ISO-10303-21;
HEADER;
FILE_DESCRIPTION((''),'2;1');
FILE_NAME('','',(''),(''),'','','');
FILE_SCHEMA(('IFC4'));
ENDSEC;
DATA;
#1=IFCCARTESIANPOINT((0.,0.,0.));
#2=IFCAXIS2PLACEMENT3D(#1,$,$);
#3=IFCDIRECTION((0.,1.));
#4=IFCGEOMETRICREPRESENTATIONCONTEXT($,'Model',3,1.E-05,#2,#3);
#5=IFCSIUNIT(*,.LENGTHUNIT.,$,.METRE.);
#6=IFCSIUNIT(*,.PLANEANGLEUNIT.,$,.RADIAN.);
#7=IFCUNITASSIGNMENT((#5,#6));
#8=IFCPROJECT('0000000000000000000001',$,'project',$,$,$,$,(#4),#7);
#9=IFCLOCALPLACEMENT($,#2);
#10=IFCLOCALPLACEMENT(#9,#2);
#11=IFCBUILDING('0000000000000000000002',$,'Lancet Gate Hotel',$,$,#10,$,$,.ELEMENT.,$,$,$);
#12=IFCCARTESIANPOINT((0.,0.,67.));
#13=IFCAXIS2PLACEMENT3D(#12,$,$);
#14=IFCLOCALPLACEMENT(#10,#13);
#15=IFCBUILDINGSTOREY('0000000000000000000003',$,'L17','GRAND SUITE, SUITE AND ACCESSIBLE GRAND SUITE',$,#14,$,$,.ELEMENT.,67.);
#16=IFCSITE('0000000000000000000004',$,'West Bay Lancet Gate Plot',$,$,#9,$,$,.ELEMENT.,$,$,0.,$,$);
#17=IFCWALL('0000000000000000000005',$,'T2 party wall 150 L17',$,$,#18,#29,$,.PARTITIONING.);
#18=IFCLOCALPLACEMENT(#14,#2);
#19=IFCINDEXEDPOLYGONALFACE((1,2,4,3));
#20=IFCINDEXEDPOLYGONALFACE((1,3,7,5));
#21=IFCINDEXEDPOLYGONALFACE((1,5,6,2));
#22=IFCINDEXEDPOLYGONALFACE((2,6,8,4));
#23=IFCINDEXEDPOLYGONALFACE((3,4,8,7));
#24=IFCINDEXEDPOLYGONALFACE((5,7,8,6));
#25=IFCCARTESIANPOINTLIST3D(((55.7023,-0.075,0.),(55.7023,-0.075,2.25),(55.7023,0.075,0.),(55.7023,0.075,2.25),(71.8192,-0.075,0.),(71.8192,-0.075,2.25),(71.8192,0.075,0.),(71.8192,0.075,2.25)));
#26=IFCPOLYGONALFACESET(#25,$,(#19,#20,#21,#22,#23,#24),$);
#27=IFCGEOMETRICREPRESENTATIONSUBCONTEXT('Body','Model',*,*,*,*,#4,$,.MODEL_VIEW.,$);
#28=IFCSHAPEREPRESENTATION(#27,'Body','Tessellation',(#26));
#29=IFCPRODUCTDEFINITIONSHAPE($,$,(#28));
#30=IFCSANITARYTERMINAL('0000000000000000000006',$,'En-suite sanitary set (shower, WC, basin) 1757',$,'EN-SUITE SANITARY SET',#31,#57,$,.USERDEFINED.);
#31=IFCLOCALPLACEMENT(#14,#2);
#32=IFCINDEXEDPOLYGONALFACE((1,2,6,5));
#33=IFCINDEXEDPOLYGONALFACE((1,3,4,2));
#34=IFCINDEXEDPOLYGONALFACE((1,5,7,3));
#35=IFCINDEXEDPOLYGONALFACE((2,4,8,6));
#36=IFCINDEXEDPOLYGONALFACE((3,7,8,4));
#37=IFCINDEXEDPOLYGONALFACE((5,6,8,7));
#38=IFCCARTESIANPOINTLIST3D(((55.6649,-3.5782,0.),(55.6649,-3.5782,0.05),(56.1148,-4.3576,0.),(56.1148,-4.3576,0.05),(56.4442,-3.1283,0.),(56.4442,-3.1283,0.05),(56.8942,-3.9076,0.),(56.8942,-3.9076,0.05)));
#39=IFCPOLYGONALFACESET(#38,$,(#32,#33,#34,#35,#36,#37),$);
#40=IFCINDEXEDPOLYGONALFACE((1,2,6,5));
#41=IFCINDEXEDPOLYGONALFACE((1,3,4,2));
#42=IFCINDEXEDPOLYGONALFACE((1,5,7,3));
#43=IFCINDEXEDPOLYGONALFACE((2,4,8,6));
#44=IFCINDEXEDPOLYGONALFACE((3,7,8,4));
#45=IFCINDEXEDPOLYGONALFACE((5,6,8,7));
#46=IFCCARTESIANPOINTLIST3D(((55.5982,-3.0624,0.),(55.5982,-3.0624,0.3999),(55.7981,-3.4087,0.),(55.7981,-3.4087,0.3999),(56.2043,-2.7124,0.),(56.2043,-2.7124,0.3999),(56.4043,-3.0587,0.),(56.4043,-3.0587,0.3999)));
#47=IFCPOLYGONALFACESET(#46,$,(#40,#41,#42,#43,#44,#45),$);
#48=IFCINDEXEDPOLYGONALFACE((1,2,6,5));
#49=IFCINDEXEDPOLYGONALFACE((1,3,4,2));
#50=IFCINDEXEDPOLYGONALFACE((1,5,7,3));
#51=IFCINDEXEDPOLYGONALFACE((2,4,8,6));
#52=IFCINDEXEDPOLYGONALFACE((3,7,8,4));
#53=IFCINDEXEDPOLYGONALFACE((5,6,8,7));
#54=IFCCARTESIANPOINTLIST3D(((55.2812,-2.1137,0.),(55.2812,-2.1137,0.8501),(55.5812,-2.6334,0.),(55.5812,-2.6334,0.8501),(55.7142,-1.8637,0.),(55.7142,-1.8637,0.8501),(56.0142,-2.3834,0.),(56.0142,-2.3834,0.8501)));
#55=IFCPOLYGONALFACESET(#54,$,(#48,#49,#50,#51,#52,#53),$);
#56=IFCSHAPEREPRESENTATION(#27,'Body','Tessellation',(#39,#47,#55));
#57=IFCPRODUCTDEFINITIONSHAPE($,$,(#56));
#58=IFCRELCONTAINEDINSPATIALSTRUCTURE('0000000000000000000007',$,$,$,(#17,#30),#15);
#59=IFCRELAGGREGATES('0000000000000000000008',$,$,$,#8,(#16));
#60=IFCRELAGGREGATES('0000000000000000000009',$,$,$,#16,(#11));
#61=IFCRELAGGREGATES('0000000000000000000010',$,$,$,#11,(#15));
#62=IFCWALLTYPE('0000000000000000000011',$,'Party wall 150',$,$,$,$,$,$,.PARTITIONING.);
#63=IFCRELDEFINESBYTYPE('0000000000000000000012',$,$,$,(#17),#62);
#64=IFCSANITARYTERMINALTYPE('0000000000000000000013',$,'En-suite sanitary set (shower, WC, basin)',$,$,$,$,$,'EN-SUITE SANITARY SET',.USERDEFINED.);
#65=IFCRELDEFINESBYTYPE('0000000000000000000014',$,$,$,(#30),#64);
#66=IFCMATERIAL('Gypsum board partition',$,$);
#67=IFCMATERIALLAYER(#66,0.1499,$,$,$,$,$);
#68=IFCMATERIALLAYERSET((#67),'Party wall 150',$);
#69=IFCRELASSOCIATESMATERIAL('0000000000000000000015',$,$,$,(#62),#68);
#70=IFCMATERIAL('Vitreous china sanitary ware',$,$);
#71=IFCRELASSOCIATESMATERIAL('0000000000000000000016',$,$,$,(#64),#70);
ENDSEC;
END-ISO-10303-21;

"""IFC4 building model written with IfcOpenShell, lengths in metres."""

from ifc_helpers import new_model, si_unit, direction, frame, frame_2d, origin, origin_2d, place, context, subcontext, project, spatial, rectangle, extrude, material, layer, layer_set, type_object, element, save


model = new_model("IFC4")

# Units and contexts
model_context = context("Model", 3, precision=1e-05, world=origin(), true_north=direction((0.0, 1.0)))
body_context = subcontext(model_context, "Body", "Model", "MODEL_VIEW")
ifc_project = project(units=[si_unit("LENGTHUNIT", "METRE"), si_unit("PLANEANGLEUNIT", "RADIAN")], contexts=[model_context])

# Site, building, storey
site_placement = place(None, origin())
site = spatial("IfcSite", under=ifc_project, at=site_placement, Name="West Bay Lancet Gate Plot", CompositionType="ELEMENT", RefElevation=0.0)
building_placement = place(site_placement, origin())
building = spatial("IfcBuilding", under=site, at=building_placement, Name="Lancet Gate Hotel", CompositionType="ELEMENT")
storey_placement = place(building_placement, frame((0.0, 0.0, 67.0)))
storey = spatial("IfcBuildingStorey", under=building, at=storey_placement, Name="L17", Description="GRAND SUITE, SUITE AND ACCESSIBLE GRAND SUITE", CompositionType="ELEMENT", Elevation=67.0)

# Wall
ifc_material_1 = material(Name="Gypsum board partition")
ifc_layer_1 = layer(ifc_material_1, 0.1499)
ifc_layer_set_1 = layer_set([ifc_layer_1], Name="Party wall 150")
wall_type_1 = type_object("IfcWallType", Name="Party wall 150", PredefinedType="PARTITIONING", material=ifc_layer_set_1)
wall_1_placement = place(storey_placement, frame((55.7021, 0.0, 0.0), z_axis=(0.0, 0.0, 1.0), x_axis=(1.0, 0.0, 0.0)))
element("IfcWall", 1, at=wall_1_placement, inside=storey, type_object=wall_type_1, Name="T2 party wall 150 L17", PredefinedType="PARTITIONING", context=body_context, shape_type="SweptSolid", body=[
    extrude(rectangle(XDim=16.1169, YDim=0.1499, at=frame_2d((8.0586, 0.0))), origin(), (0.0, 0.0, 1.0), 2.25),
])

# Sanitary terminal
ifc_material_2 = material(Name="Vitreous china sanitary ware")
sanitary_terminal_type = type_object("IfcSanitaryTerminalType", Name="En-suite sanitary set (shower, WC, basin)", ElementType="EN-SUITE SANITARY SET", PredefinedType="USERDEFINED", material=ifc_material_2)
sanitary_terminal_placement = place(storey_placement, frame((56.2795, -3.7429, 0.0), z_axis=(0.0, 0.0, 1.0), x_axis=(1.0, 0.0, 0.0)))
element("IfcSanitaryTerminal", 2, at=sanitary_terminal_placement, inside=storey, type_object=sanitary_terminal_type, Name="En-suite sanitary set (shower, WC, basin) 1757", ObjectType="EN-SUITE SANITARY SET", PredefinedType="USERDEFINED", context=body_context, shape_type="SweptSolid", body=[
    extrude(rectangle(XDim=0.8999, YDim=0.8999, at=origin_2d()), frame((0.0, 0.0, 0.0), z_axis=(0.0, 0.0, 1.0), x_axis=(0.5, -0.866025, 0.0)), (0.0, 0.0, 1.0), 0.05),
    extrude(rectangle(XDim=0.3999, YDim=0.7, at=origin_2d()), frame((-0.2783, 0.6824, 0.0), z_axis=(0.0, 0.0, 1.0), x_axis=(0.5, -0.866025, 0.0)), (0.0, 0.0, 1.0), 0.3999),
    extrude(rectangle(XDim=0.6001, YDim=0.5, at=origin_2d()), frame((-0.6318, 1.4944, 0.0), z_axis=(0.0, 0.0, 1.0), x_axis=(0.5, -0.866025, 0.0)), (0.0, 0.0, 1.0), 0.8501),
])

save(model, "model.ifc")
